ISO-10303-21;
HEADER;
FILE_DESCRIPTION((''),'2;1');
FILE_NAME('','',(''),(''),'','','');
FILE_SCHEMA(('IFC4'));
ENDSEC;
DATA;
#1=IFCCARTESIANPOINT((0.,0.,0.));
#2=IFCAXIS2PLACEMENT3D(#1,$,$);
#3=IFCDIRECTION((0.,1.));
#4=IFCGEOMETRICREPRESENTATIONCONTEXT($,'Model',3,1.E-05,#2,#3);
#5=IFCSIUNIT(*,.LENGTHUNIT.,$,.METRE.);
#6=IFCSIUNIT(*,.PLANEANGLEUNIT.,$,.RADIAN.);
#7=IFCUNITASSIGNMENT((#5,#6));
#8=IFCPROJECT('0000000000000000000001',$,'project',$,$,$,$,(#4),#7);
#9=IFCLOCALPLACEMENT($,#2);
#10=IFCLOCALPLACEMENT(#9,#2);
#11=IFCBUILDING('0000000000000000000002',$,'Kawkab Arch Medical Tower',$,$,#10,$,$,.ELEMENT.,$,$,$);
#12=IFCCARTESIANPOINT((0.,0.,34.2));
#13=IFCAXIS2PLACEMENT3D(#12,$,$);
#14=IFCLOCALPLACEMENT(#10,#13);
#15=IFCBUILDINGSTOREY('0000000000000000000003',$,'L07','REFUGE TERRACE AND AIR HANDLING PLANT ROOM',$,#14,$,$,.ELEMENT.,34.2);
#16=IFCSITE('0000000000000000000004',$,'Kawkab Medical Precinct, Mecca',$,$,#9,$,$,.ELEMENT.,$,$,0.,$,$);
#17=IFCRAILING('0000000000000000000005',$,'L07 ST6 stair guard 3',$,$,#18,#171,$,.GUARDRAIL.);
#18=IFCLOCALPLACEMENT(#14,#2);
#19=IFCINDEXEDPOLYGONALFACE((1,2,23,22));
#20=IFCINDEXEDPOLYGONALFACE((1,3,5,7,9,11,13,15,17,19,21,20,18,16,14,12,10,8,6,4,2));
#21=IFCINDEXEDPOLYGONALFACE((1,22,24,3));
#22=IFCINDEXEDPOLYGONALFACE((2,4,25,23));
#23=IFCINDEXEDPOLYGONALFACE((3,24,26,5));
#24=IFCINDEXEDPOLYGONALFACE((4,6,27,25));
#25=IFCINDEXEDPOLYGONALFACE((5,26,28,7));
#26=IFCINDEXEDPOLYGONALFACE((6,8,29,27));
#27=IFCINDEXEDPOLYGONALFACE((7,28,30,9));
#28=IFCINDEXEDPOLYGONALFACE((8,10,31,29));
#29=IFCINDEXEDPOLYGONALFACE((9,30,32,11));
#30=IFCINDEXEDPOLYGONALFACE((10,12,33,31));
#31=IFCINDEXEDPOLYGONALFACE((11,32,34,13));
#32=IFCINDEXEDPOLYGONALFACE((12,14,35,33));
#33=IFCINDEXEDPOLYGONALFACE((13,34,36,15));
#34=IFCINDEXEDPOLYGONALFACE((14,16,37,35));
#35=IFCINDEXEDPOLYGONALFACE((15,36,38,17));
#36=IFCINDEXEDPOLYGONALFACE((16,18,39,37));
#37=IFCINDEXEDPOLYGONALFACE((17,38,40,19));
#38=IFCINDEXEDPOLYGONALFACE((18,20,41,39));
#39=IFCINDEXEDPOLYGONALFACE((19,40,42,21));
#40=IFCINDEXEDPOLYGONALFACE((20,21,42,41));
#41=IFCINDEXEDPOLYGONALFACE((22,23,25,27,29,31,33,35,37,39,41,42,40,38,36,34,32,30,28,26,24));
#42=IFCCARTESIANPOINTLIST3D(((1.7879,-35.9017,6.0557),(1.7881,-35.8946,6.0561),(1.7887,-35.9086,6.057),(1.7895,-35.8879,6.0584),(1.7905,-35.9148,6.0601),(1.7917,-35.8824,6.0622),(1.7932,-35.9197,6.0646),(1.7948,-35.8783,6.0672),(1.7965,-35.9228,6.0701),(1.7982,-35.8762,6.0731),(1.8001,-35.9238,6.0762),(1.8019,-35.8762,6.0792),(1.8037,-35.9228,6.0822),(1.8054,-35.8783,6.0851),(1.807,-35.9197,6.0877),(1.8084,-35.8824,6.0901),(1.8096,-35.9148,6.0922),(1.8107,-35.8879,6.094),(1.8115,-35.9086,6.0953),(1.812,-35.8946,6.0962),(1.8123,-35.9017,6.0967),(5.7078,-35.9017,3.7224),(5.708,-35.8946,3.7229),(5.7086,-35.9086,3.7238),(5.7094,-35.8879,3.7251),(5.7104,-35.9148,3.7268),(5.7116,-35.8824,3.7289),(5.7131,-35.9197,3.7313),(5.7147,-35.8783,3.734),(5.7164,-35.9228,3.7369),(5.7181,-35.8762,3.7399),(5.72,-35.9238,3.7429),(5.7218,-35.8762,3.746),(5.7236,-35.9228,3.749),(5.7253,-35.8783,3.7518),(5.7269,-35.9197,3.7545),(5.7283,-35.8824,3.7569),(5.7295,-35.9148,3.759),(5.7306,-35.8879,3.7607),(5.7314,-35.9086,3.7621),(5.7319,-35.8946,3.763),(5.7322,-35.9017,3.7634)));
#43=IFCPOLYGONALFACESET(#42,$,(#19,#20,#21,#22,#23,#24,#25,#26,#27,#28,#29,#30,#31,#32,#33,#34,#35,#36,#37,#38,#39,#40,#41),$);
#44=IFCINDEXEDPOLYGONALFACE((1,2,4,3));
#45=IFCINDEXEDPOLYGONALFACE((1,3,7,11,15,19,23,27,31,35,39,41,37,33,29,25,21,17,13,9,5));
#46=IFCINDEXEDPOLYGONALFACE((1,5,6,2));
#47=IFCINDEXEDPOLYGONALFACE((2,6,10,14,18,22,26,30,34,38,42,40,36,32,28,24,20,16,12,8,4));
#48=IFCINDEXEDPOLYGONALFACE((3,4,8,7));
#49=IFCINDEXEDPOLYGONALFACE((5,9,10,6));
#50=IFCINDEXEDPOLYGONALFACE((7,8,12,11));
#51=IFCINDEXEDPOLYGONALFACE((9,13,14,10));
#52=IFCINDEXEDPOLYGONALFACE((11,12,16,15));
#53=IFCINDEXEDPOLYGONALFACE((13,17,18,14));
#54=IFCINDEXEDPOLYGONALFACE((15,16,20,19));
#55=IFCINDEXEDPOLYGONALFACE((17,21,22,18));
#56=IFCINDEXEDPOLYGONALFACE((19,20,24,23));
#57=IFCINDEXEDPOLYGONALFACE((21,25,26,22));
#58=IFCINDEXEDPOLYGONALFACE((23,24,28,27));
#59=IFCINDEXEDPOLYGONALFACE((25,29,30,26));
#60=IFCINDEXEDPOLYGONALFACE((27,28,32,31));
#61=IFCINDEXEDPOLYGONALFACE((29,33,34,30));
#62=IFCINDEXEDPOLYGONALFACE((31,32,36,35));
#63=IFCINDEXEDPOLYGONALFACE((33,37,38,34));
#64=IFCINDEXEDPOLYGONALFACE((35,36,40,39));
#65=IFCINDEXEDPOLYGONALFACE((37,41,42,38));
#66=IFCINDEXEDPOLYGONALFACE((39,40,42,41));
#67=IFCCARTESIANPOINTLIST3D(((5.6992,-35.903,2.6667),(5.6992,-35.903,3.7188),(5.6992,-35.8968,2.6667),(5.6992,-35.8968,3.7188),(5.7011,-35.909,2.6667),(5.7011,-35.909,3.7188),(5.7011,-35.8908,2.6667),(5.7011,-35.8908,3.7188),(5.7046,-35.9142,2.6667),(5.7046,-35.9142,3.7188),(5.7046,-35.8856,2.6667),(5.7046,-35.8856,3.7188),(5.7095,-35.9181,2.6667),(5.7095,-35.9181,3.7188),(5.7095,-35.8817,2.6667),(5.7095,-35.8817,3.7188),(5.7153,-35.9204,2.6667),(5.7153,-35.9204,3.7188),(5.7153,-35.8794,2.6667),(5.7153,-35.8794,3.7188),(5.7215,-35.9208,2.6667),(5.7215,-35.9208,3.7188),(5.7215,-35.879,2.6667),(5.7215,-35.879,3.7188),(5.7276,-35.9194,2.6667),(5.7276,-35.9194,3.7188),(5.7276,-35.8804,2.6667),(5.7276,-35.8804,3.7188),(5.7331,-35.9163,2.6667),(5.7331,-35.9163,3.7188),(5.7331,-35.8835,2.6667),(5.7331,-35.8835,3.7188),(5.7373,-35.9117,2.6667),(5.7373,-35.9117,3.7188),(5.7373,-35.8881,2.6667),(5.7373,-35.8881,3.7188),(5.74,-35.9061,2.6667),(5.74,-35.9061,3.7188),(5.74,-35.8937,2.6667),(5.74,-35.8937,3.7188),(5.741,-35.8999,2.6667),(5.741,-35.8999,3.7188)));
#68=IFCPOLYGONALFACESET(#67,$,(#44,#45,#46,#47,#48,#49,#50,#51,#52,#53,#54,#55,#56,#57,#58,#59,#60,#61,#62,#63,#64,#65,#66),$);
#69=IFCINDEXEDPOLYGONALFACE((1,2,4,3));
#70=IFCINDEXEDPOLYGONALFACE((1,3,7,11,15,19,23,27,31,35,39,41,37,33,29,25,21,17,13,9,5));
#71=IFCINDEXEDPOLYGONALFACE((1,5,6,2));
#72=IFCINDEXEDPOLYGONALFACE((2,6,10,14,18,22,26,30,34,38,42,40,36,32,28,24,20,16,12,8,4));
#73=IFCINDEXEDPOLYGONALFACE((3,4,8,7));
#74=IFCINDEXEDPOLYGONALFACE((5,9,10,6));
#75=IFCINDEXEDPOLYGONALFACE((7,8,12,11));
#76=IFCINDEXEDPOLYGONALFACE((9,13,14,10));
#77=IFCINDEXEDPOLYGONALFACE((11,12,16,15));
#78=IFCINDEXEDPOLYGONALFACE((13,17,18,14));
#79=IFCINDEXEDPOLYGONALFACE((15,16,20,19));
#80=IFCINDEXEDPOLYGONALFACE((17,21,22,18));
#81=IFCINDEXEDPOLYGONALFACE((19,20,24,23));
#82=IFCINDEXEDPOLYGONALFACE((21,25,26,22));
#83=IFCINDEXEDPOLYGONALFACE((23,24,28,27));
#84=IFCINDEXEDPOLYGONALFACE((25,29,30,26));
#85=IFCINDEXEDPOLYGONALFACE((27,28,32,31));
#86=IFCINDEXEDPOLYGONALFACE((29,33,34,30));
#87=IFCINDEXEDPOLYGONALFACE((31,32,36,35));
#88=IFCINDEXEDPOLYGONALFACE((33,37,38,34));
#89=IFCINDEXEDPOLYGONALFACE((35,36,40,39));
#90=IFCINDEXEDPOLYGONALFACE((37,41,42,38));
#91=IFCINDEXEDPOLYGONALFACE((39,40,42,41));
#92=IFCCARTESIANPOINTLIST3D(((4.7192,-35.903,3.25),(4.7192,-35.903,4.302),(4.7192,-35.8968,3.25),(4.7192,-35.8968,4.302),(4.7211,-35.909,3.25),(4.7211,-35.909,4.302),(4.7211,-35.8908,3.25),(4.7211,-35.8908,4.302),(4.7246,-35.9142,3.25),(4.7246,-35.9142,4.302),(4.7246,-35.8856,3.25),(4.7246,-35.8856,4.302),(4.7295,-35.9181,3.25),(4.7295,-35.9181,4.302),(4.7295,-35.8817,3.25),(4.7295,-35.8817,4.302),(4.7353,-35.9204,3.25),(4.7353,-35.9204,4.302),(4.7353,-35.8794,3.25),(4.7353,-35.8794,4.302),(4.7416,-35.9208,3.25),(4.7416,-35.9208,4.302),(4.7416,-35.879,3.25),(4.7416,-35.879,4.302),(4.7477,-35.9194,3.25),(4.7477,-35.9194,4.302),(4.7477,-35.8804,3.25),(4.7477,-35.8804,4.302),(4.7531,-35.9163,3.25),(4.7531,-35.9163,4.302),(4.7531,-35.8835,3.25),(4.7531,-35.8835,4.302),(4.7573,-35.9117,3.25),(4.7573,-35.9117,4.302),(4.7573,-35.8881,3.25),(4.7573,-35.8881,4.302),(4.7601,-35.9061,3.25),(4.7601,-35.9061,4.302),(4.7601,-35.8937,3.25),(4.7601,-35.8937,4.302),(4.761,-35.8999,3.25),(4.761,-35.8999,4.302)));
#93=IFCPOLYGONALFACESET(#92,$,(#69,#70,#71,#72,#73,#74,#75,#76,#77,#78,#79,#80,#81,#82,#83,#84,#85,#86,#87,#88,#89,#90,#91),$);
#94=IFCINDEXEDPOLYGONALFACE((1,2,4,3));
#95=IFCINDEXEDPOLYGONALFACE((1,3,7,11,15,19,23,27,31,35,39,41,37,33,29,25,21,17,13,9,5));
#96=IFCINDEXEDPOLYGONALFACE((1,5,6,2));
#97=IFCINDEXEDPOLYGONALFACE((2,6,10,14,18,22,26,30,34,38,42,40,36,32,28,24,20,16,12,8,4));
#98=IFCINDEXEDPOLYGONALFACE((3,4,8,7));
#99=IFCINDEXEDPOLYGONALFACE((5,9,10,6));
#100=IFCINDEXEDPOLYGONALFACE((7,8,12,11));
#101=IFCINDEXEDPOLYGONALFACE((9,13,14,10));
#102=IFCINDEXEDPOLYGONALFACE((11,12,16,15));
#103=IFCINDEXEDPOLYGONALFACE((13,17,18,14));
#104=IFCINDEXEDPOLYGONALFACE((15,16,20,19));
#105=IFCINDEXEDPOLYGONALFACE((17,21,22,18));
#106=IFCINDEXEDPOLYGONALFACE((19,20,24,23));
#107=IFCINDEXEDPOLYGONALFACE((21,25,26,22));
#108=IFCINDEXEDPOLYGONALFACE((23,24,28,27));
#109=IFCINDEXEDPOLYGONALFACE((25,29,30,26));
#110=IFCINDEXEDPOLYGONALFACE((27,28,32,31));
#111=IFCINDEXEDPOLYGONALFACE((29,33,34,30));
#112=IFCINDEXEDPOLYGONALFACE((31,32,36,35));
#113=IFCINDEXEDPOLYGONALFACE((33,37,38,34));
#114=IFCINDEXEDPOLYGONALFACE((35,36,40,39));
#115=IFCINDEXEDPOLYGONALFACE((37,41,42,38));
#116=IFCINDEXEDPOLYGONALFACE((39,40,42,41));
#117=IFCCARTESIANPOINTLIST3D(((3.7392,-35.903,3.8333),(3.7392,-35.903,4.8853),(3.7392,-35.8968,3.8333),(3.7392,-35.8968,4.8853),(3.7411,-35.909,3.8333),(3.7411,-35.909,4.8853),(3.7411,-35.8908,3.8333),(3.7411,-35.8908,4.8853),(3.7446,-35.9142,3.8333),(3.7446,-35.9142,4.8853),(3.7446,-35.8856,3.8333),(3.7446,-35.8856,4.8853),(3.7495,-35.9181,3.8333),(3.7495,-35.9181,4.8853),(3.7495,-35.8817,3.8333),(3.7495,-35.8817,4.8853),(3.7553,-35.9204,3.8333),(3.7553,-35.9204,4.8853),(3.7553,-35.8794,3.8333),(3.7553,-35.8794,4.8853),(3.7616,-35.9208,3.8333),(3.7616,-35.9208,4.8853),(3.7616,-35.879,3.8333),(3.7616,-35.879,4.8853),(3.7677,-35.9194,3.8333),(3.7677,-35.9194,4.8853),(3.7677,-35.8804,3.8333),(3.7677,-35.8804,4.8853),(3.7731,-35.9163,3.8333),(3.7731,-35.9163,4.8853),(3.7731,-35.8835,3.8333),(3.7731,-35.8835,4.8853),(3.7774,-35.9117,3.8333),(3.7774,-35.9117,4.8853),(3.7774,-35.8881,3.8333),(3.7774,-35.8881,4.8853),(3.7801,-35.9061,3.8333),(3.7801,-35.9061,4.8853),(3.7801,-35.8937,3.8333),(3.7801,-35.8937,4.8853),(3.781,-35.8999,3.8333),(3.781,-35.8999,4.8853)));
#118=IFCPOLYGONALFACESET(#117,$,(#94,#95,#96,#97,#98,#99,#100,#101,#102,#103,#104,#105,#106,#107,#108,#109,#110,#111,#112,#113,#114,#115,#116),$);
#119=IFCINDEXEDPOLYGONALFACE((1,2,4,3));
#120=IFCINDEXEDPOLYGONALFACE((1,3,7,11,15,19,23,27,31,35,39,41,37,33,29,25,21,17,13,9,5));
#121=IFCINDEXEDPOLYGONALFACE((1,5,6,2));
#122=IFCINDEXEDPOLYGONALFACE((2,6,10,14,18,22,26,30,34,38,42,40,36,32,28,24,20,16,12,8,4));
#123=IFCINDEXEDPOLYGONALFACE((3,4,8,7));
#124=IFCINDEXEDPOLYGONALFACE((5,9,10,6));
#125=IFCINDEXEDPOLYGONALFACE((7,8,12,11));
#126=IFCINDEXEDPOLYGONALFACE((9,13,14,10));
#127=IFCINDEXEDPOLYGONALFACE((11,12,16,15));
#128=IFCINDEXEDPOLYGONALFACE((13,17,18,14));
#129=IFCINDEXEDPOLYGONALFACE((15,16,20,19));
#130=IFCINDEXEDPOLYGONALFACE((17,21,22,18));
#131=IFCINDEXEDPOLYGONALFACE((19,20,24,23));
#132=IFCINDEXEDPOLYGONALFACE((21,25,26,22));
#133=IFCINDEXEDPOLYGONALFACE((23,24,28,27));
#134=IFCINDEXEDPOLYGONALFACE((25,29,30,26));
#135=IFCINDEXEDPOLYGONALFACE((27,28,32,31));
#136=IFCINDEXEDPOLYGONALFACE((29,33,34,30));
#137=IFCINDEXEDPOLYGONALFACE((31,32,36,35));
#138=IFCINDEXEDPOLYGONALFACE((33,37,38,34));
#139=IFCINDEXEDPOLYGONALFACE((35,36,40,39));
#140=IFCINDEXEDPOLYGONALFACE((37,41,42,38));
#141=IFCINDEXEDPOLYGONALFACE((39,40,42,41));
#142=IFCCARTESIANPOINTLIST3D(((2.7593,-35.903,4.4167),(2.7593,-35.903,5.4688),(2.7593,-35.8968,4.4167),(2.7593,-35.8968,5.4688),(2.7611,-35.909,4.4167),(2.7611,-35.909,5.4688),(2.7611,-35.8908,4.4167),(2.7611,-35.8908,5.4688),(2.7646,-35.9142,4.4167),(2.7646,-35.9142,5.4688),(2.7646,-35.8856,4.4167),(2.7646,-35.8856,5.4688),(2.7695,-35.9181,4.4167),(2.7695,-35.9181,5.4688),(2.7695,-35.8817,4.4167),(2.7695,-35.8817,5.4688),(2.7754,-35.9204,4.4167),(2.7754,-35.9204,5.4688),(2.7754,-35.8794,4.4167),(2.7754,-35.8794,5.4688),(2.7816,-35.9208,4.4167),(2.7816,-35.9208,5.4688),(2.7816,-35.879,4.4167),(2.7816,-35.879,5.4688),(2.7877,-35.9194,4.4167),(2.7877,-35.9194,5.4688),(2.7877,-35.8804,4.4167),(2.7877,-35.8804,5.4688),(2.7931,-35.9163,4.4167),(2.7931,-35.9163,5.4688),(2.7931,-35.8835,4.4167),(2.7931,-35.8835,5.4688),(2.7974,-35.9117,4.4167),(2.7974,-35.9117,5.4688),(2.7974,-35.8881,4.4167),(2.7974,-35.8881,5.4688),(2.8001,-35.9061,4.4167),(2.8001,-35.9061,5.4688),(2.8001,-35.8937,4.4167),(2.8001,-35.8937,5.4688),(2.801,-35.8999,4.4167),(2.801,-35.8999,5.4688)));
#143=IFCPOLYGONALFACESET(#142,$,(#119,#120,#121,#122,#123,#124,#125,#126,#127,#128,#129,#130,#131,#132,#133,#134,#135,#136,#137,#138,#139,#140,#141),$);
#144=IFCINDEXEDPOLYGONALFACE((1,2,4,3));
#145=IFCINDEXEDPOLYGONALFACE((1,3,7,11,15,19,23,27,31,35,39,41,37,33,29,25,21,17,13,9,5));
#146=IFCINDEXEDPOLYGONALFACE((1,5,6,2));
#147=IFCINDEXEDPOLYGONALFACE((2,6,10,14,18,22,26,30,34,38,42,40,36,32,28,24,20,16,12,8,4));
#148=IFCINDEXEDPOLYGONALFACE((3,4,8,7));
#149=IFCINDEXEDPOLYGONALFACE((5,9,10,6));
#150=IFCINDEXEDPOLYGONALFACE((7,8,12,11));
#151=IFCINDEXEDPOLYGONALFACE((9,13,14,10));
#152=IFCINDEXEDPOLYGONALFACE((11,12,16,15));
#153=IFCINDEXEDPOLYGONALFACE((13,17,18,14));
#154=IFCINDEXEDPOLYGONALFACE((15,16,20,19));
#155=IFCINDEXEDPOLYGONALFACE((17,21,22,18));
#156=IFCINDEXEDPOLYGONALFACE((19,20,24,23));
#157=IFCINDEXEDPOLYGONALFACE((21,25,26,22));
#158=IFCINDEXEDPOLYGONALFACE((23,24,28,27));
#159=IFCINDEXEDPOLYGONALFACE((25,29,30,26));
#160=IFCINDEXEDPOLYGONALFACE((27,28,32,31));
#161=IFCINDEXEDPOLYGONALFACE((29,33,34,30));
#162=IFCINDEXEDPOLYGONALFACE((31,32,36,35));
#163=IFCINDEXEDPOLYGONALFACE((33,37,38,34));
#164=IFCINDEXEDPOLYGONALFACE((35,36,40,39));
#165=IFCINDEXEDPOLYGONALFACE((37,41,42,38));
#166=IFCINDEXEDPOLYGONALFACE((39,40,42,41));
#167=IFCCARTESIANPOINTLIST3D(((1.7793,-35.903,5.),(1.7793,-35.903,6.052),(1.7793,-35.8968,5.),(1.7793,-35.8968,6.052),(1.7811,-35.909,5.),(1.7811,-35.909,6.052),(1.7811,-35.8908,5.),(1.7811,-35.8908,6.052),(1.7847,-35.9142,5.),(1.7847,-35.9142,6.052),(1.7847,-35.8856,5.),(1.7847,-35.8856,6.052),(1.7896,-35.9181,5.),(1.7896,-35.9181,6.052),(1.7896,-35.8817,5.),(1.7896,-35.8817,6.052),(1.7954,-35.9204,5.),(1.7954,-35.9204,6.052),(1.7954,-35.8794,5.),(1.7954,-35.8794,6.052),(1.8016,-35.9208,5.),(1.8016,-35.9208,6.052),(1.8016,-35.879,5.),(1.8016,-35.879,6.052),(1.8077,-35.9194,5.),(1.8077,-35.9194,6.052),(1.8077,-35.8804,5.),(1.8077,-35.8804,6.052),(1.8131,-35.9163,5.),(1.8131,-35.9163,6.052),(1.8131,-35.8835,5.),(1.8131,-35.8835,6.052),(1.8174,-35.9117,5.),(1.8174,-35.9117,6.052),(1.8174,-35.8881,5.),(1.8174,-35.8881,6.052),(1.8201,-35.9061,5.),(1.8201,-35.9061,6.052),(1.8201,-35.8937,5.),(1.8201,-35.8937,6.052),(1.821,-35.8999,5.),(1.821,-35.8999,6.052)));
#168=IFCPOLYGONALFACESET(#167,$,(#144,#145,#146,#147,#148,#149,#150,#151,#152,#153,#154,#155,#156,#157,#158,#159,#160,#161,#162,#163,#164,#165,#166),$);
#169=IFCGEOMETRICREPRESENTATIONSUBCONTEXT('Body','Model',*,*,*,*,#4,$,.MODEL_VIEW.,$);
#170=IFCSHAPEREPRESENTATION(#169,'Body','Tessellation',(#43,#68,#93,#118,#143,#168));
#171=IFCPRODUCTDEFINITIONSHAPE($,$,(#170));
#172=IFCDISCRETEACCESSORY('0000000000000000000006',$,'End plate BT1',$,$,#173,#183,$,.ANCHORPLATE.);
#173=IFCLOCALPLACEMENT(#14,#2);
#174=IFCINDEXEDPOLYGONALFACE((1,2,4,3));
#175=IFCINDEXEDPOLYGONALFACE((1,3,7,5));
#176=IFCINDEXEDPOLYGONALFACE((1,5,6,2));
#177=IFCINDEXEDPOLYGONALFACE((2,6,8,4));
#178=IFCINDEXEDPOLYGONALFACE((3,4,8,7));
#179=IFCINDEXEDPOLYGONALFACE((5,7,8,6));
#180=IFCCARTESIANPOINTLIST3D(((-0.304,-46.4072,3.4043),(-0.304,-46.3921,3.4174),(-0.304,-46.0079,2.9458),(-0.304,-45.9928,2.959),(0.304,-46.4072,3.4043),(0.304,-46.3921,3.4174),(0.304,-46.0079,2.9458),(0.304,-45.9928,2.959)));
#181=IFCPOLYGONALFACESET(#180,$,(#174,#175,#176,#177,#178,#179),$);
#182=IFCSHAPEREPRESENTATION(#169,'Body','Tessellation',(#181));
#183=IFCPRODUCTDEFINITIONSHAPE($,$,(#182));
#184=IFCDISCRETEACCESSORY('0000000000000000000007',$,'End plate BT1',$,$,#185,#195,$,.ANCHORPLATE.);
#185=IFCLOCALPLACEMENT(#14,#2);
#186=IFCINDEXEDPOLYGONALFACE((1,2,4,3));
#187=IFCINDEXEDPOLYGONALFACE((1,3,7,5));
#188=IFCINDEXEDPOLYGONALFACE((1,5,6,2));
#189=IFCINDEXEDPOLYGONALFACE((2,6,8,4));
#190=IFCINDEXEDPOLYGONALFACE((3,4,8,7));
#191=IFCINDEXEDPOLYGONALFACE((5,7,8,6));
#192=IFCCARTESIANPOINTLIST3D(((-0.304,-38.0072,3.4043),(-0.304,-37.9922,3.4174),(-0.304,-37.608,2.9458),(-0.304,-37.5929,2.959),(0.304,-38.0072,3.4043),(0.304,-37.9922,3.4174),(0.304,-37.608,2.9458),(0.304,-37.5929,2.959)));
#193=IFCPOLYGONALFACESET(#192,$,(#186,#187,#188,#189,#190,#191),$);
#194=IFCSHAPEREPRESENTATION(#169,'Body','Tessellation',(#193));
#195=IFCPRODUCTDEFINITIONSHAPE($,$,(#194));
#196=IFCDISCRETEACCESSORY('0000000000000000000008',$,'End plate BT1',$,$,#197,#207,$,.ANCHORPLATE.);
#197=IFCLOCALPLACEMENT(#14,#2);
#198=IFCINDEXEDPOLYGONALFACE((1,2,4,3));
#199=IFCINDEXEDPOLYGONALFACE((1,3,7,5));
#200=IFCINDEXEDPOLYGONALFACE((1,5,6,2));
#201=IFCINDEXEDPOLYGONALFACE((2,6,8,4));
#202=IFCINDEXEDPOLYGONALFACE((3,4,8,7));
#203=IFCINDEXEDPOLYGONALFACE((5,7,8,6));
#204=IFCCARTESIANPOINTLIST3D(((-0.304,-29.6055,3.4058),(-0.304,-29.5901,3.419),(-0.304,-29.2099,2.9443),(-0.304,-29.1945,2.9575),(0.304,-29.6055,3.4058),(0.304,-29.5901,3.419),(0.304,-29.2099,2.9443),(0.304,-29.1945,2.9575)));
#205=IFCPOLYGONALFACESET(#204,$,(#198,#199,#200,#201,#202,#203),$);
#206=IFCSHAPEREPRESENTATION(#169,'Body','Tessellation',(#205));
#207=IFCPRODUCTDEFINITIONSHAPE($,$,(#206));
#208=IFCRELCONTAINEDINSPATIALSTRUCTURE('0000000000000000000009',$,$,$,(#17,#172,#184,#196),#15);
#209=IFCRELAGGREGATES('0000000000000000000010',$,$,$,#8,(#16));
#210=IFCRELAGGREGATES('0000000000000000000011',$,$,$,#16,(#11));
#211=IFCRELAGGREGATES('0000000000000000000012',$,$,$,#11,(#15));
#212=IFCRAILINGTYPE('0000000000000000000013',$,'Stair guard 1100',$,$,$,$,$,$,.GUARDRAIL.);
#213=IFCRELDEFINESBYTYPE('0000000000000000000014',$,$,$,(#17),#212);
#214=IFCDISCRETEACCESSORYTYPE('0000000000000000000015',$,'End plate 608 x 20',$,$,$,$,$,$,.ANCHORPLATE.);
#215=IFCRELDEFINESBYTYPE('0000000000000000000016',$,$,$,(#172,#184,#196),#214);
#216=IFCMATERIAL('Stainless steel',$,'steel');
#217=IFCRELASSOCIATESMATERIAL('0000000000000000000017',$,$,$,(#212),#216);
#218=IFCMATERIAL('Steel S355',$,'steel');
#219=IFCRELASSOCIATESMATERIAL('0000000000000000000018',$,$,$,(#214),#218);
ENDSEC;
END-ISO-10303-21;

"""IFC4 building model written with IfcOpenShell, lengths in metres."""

from ifc_helpers import new_model, si_unit, direction, frame, origin, origin_2d, place, context, subcontext, project, spatial, rectangle, circle, extrude, material, material_profile, profile_set, type_object, element, save


model = new_model("IFC4")

# Units and contexts
model_context = context("Model", 3, precision=1e-05, world=origin(), true_north=direction((0.0, 1.0)))
body_context = subcontext(model_context, "Body", "Model", "MODEL_VIEW")
ifc_project = project(units=[si_unit("LENGTHUNIT", "METRE"), si_unit("PLANEANGLEUNIT", "RADIAN")], contexts=[model_context])

# Site, building, storey
site_placement = place(None, origin())
site = spatial("IfcSite", under=ifc_project, at=site_placement, Name="Kawkab Medical Precinct, Mecca", CompositionType="ELEMENT", RefElevation=0.0)
building_placement = place(site_placement, origin())
building = spatial("IfcBuilding", under=site, at=building_placement, Name="Kawkab Arch Medical Tower", CompositionType="ELEMENT")
storey_placement = place(building_placement, frame((0.0, 0.0, 34.2)))
storey = spatial("IfcBuildingStorey", under=building, at=storey_placement, Name="L07", Description="REFUGE TERRACE AND AIR HANDLING PLANT ROOM", CompositionType="ELEMENT", Elevation=34.2)

# Railing
ifc_material_1 = material(Name="Stainless steel", Category="steel")
railing_type = type_object("IfcRailingType", Name="Stair guard 1100", PredefinedType="GUARDRAIL", material=ifc_material_1)
railing_1_placement = place(storey_placement, frame((5.72, -35.8999, 2.6667)))
element("IfcRailing", 1, at=railing_1_placement, inside=storey, type_object=railing_type, Name="L07 ST6 stair guard 3", PredefinedType="GUARDRAIL", context=body_context, shape_type="SweptSolid", body=[
    extrude(circle(Radius=0.0239, at=origin_2d()), frame((0.0, 0.0, 1.0762), z_axis=(-0.859296, 0.0, 0.511478), x_axis=(0.0, -1.0, 0.0)), (0.0, 0.0, 1.0), 4.5618),
    extrude(circle(Radius=0.021, at=origin_2d()), origin(), (0.0, 0.0, 1.0), 1.052),
    extrude(circle(Radius=0.021, at=origin_2d()), frame((-0.98, 0.0, 0.5833)), (0.0, 0.0, 1.0), 1.052),
    extrude(circle(Radius=0.021, at=origin_2d()), frame((-1.96, 0.0, 1.1665)), (0.0, 0.0, 1.0), 1.052),
    extrude(circle(Radius=0.021, at=origin_2d()), frame((-2.9399, 0.0, 1.75)), (0.0, 0.0, 1.0), 1.052),
    extrude(circle(Radius=0.021, at=origin_2d()), frame((-3.9199, 0.0, 2.3333)), (0.0, 0.0, 1.0), 1.052),
])

# Discrete accessories
ifc_material_2 = material(Name="Steel S355", Category="steel")
ifc_material_profile_1 = material_profile(ifc_material_2, rectangle(XDim=0.6079, YDim=0.6079, at=origin_2d()), Name="End plate 608 x 20")
ifc_profile_set_1 = profile_set([ifc_material_profile_1], Name="Steel S355")
discrete_accessory_type = type_object("IfcDiscreteAccessoryType", Name="End plate 608 x 20", PredefinedType="ANCHORPLATE", material=ifc_profile_set_1)
for number, where, z_axis, x_axis, name in (
    (2, (0.0, -46.2075, 3.175), (0.0, 0.754082, 0.656781), (-1.0, 0.0, 0.0), "End plate BT1"),
    (3, (0.0, -37.8076, 3.175), (0.0, 0.754082, 0.656781), (-1.0, 0.0, 0.0), "End plate BT1"),
):
    element("IfcDiscreteAccessory", number, at=place(storey_placement, frame(where, z_axis=z_axis, x_axis=x_axis)), inside=storey, type_object=discrete_accessory_type, Name=name, PredefinedType="ANCHORPLATE", context=body_context, shape_type="SweptSolid", body=[
        extrude(rectangle(XDim=0.6079, YDim=0.6079, at=origin_2d()), origin(), (0.0, 0.0, 1.0), 0.02),
    ])
discrete_accessory_placement = place(storey_placement, frame((0.0, -29.4077, 3.175), z_axis=(0.0, 0.759257, 0.650791), x_axis=(-1.0, 0.0, 0.0)))
element("IfcDiscreteAccessory", 4, at=discrete_accessory_placement, inside=storey, type_object=discrete_accessory_type, Name="End plate BT1", PredefinedType="ANCHORPLATE", context=body_context, shape_type="SweptSolid", body=[
    extrude(rectangle(XDim=0.6079, YDim=0.6079, at=origin_2d()), origin(), (0.0, 0.0, 1.0), 0.0203),
])

save(model, "model.ifc")
